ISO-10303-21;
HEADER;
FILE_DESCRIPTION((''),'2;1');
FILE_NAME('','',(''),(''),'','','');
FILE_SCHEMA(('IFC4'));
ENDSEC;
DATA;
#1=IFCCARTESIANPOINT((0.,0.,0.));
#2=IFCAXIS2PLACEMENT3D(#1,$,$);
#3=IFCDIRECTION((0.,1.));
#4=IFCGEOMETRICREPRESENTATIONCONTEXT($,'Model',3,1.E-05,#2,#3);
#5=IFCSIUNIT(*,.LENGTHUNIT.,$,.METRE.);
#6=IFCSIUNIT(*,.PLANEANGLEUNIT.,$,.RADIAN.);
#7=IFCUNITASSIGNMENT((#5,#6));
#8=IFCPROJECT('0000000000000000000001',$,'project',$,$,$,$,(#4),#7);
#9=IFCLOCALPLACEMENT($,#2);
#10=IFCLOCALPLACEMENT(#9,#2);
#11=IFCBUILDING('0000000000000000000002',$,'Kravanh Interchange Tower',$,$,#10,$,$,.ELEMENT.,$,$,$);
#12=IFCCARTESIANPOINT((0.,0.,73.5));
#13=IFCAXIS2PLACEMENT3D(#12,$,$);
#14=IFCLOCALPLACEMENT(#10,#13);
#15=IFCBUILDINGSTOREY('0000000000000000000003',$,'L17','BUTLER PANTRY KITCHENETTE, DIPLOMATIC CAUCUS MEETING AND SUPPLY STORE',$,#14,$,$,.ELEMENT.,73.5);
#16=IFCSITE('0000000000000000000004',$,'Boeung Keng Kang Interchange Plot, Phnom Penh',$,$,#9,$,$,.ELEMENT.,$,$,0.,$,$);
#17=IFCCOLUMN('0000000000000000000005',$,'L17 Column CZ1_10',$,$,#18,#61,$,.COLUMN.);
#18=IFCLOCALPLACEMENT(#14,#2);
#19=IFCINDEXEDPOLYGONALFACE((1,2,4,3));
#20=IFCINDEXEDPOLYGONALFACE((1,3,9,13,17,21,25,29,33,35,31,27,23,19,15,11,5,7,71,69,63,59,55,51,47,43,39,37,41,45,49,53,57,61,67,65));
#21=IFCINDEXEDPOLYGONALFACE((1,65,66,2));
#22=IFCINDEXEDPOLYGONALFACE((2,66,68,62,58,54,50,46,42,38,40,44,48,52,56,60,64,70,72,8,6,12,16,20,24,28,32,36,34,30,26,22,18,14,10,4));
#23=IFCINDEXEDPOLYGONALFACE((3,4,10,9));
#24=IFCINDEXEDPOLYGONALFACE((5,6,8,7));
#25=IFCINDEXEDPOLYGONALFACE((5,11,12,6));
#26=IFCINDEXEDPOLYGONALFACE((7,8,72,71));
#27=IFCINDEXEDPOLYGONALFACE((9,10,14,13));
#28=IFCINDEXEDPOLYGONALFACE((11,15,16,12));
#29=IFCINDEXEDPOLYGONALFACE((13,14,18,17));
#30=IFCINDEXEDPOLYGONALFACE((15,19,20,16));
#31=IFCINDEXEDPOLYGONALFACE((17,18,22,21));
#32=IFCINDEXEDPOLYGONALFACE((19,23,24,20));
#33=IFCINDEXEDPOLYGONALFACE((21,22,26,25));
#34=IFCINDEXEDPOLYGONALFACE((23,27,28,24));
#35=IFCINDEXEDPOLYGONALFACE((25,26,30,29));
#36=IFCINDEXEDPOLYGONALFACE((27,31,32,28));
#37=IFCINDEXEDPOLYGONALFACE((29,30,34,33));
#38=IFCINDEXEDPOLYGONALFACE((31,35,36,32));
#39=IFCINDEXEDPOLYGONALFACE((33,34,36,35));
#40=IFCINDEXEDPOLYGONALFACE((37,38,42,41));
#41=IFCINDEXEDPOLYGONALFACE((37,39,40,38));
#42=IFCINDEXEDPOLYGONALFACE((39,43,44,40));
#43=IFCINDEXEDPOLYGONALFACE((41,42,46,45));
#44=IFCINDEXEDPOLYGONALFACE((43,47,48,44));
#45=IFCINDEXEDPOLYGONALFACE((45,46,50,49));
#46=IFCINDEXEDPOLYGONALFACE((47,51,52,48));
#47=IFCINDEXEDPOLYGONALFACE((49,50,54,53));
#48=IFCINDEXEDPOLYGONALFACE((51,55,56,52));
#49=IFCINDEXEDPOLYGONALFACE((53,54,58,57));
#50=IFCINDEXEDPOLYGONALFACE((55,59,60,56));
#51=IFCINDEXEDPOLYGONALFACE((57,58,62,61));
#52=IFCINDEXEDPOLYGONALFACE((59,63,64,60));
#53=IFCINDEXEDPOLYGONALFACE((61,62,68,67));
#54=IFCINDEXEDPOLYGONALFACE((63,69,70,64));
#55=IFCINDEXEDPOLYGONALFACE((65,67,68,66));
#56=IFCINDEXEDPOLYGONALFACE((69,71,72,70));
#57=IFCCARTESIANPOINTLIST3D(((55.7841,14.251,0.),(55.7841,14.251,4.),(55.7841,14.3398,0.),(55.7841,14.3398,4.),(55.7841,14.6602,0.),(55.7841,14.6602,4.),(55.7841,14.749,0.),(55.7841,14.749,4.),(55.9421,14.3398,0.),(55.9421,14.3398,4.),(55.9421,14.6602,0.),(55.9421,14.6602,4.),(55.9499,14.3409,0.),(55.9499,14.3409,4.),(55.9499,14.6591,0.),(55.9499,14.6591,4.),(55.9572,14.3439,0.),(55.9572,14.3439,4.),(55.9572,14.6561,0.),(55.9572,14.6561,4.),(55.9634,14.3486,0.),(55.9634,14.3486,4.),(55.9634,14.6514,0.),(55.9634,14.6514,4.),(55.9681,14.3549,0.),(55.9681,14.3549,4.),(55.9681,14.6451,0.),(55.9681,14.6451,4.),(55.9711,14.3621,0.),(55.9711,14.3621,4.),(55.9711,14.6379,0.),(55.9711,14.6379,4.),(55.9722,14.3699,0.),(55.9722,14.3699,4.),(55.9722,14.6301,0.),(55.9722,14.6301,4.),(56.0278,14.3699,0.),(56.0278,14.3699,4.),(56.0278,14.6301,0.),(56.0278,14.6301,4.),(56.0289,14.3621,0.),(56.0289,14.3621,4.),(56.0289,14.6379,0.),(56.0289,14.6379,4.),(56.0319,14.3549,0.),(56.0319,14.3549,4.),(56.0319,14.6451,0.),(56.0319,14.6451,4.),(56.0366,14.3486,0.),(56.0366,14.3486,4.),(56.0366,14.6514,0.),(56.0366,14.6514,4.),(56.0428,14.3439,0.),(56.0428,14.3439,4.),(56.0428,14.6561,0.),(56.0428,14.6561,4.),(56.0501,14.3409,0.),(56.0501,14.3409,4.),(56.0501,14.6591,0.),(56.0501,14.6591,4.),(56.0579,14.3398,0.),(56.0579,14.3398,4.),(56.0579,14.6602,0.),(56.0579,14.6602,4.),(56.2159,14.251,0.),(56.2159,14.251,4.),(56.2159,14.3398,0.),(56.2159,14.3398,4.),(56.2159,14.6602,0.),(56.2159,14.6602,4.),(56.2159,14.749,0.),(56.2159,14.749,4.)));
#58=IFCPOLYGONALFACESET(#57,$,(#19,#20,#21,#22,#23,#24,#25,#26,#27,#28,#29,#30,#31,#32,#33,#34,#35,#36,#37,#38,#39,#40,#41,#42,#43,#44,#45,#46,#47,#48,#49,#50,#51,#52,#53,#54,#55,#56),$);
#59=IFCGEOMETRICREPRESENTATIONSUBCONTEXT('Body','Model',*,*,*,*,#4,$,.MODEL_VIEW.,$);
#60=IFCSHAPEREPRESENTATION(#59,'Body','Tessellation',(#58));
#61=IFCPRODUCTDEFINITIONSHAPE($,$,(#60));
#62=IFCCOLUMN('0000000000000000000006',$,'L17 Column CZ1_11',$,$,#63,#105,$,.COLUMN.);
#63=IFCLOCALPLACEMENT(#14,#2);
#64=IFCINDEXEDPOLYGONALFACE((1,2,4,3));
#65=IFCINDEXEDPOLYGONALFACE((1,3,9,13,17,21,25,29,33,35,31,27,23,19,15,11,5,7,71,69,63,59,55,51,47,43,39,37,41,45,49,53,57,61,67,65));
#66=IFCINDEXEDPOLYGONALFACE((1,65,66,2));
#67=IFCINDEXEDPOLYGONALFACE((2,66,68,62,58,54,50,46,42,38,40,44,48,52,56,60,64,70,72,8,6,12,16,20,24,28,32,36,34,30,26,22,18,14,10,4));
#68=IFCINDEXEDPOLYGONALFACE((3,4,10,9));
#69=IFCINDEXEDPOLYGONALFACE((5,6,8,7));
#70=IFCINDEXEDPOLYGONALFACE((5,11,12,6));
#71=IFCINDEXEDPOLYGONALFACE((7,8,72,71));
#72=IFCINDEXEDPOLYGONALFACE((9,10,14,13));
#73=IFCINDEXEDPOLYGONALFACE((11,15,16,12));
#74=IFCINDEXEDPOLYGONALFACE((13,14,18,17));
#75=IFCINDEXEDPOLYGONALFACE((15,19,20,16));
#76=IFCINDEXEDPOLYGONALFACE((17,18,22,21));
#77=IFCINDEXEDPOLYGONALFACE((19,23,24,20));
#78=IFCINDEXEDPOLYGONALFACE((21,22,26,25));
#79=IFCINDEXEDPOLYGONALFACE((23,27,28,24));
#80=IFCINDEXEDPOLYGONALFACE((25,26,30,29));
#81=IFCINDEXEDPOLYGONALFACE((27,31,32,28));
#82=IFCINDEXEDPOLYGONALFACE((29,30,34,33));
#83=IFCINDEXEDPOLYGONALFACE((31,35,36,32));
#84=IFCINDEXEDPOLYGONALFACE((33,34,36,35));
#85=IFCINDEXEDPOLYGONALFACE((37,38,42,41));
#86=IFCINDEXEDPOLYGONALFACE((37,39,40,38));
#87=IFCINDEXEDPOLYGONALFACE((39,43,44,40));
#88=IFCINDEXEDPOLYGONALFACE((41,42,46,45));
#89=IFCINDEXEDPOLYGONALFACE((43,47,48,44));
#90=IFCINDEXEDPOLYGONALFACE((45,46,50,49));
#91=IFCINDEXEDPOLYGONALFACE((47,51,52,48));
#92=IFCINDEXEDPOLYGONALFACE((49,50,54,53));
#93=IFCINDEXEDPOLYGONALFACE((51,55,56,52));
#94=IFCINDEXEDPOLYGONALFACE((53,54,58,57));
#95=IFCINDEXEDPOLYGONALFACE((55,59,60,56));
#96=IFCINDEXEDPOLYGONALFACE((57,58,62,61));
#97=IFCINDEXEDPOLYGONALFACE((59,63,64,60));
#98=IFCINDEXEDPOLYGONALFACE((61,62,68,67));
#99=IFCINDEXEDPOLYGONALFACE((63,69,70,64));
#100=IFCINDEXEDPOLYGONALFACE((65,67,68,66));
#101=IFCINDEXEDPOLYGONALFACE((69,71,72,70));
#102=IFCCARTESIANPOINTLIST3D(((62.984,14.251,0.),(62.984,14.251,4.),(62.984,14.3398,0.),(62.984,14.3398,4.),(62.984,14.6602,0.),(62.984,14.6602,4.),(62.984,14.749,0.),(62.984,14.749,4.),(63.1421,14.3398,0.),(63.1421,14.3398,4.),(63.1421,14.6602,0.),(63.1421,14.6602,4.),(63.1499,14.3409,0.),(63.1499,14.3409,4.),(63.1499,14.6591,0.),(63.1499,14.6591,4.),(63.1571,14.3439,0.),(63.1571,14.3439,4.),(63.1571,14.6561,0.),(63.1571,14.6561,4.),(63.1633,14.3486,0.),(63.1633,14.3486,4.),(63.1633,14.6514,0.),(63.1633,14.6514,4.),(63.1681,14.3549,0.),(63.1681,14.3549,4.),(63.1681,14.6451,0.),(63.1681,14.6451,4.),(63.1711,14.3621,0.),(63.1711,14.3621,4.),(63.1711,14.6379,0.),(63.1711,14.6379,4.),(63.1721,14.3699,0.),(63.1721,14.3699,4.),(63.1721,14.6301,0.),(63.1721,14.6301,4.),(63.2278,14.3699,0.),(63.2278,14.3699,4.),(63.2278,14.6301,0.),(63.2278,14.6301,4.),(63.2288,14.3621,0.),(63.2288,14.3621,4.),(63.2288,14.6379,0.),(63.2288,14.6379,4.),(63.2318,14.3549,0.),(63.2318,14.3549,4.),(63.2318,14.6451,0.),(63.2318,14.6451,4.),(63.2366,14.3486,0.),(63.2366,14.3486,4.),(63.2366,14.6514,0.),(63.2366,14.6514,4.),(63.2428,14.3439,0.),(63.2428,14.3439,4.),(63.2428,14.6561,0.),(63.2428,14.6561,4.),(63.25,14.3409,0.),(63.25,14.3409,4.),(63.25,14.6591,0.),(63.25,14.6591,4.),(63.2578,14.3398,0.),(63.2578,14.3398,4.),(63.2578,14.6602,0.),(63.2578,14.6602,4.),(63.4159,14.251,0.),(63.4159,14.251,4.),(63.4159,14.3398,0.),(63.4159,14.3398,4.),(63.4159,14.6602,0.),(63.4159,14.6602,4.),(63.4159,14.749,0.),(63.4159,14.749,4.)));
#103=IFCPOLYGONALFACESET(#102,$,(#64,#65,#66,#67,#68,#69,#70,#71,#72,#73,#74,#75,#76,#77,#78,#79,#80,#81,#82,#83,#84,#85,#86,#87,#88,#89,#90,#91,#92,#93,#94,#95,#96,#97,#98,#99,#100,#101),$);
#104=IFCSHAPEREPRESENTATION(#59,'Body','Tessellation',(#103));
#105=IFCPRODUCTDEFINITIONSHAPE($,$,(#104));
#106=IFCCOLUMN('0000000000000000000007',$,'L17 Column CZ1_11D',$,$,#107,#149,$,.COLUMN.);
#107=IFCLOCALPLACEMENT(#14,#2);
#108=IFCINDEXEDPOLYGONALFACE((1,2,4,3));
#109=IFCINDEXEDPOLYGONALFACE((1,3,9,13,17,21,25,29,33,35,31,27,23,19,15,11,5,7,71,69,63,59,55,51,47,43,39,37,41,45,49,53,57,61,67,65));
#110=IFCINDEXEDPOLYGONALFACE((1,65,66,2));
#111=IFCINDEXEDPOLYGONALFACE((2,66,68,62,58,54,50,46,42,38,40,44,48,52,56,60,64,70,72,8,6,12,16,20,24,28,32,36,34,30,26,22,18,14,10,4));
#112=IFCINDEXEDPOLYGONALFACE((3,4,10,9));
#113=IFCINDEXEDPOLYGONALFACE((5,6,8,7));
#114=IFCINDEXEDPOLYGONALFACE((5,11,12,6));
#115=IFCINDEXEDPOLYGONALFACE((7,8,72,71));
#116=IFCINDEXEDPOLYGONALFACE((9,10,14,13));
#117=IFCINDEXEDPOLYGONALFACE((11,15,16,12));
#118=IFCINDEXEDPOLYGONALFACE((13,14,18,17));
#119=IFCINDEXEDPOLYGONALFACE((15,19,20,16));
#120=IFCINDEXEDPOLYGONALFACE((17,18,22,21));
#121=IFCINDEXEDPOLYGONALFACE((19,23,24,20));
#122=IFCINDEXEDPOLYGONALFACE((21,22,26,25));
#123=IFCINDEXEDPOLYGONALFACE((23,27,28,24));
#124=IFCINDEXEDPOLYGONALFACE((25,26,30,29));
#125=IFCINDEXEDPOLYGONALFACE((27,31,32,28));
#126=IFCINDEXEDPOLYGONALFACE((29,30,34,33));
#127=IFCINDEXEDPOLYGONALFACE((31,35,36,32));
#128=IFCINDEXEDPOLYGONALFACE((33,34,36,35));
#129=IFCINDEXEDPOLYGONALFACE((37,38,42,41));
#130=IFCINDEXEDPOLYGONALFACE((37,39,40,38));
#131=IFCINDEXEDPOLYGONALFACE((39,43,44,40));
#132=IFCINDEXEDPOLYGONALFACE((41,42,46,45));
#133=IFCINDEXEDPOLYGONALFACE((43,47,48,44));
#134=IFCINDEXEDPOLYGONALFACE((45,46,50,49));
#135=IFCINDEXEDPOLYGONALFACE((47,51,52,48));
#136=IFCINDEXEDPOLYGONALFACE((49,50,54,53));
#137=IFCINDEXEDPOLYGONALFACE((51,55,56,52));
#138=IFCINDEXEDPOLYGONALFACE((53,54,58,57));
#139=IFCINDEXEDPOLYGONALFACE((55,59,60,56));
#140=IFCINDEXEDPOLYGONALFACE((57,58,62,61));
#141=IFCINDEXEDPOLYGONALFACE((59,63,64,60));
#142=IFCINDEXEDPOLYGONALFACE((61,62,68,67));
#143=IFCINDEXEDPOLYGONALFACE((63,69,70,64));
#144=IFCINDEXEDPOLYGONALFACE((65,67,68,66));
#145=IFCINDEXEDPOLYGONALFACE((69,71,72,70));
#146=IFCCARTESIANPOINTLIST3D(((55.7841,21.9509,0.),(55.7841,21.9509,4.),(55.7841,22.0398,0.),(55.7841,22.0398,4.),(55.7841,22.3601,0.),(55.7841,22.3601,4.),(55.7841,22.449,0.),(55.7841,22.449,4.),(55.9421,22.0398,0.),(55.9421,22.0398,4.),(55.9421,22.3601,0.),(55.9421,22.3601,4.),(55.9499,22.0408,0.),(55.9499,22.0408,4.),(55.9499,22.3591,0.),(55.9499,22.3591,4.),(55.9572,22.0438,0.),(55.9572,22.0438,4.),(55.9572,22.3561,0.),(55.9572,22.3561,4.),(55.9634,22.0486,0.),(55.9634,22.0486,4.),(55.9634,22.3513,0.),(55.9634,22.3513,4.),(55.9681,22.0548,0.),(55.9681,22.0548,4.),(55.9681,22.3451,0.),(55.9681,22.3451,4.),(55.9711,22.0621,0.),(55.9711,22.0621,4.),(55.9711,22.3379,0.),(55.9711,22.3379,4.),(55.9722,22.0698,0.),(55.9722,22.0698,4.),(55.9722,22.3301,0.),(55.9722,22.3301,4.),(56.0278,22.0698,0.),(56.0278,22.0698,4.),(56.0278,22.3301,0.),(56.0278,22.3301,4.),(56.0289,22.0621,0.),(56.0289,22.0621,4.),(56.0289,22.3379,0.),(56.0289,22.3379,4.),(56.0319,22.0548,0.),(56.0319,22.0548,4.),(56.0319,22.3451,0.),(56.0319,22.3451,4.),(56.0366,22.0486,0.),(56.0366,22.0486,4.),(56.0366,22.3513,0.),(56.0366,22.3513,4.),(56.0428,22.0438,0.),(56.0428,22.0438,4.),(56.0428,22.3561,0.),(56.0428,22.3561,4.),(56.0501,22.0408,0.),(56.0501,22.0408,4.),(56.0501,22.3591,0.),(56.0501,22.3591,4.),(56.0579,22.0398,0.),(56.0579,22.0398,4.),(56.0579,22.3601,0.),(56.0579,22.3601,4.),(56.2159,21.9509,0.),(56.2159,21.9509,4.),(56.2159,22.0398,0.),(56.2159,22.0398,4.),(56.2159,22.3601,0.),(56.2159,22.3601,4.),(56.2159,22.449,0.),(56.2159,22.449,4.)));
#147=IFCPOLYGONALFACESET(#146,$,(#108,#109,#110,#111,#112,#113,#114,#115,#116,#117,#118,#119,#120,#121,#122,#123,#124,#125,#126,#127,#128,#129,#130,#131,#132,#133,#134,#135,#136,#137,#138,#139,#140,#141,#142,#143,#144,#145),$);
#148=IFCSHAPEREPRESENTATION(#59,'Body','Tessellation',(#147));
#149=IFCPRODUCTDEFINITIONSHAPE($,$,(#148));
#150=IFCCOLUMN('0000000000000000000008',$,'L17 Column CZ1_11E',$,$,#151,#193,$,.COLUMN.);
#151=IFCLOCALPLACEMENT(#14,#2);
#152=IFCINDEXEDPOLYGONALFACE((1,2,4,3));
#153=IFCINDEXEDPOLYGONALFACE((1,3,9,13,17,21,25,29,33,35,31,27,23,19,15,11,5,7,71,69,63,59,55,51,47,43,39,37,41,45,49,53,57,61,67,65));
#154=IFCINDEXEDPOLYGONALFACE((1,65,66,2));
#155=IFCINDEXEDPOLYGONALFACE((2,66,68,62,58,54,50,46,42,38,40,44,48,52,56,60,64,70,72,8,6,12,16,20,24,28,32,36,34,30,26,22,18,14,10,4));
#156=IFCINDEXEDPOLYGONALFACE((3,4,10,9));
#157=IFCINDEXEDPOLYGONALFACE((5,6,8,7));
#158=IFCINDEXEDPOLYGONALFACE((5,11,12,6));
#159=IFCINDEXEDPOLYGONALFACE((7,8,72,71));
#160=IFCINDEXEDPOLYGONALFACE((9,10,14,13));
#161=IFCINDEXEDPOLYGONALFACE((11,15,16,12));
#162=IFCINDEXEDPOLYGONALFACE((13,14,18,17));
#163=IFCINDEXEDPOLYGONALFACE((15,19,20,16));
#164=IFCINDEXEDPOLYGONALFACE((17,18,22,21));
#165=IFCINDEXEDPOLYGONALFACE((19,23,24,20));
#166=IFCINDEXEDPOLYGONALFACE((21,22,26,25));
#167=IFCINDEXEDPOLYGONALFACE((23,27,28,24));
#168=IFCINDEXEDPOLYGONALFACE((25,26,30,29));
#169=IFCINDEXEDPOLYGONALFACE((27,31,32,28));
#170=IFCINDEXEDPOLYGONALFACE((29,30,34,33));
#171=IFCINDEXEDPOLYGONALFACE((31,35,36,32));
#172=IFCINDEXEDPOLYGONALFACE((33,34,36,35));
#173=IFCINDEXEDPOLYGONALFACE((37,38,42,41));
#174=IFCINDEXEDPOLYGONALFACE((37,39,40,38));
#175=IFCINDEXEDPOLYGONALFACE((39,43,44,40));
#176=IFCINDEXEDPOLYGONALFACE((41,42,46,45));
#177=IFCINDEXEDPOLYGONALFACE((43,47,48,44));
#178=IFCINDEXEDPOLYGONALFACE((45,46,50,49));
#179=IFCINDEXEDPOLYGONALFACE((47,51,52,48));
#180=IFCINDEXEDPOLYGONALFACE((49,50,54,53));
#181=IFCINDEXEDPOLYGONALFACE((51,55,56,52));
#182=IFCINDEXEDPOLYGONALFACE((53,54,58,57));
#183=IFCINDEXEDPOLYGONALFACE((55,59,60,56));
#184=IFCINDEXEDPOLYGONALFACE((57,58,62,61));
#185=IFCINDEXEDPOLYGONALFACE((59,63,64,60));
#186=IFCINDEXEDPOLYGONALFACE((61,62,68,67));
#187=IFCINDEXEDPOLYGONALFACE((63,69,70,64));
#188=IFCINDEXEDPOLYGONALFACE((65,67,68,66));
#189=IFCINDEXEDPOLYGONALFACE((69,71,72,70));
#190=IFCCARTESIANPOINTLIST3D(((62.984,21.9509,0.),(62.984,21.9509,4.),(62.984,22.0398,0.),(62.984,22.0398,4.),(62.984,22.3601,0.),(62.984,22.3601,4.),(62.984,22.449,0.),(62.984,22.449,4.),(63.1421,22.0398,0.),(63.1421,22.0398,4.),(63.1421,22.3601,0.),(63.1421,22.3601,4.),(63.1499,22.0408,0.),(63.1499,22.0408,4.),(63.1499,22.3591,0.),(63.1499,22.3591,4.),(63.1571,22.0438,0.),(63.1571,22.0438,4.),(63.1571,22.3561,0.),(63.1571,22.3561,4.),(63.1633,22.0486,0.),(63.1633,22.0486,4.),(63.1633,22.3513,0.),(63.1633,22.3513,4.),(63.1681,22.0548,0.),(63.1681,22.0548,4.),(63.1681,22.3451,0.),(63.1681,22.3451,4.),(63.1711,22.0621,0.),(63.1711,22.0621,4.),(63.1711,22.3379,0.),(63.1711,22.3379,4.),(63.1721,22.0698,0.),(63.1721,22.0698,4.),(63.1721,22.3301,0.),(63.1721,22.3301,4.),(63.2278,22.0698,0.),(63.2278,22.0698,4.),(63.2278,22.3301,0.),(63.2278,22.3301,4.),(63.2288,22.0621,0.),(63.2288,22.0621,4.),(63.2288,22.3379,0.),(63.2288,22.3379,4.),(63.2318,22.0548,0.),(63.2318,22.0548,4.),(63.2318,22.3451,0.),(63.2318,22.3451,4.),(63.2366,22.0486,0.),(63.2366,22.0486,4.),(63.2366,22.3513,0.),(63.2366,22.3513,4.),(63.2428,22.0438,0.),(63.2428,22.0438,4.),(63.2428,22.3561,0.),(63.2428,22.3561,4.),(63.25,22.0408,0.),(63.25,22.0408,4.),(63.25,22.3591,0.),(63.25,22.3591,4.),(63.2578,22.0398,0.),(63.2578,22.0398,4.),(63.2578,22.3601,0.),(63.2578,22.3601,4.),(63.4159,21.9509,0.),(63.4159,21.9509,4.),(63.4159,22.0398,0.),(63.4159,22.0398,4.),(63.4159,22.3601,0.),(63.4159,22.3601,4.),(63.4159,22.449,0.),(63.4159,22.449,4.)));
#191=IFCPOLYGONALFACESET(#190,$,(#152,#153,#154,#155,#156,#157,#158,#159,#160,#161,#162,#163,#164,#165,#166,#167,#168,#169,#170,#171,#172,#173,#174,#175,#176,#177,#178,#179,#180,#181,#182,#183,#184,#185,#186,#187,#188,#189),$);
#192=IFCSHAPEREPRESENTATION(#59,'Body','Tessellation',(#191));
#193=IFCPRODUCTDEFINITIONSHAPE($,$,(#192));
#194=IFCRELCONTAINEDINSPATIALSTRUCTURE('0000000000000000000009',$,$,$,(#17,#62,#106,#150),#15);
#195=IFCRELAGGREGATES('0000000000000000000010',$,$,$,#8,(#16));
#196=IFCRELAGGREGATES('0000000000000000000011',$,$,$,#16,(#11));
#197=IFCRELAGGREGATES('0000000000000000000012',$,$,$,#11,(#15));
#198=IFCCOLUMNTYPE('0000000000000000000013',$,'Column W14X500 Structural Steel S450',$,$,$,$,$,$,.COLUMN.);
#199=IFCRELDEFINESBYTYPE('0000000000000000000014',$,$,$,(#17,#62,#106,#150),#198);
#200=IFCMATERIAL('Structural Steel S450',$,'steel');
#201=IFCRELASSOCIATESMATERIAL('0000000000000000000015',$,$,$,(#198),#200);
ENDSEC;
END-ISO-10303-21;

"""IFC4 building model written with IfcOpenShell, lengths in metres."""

from ifc_helpers import new_model, si_unit, direction, frame, origin, origin_2d, place, context, subcontext, project, spatial, i_section, extrude, material, material_profile, profile_set, type_object, element, save


model = new_model("IFC4")

# Units and contexts
model_context = context("Model", 3, precision=1e-05, world=origin(), true_north=direction((0.0, 1.0)))
body_context = subcontext(model_context, "Body", "Model", "MODEL_VIEW")
ifc_project = project(units=[si_unit("LENGTHUNIT", "METRE"), si_unit("PLANEANGLEUNIT", "RADIAN")], contexts=[model_context])

# Site, building, storey
site_placement = place(None, origin())
site = spatial("IfcSite", under=ifc_project, at=site_placement, Name="Boeung Keng Kang Interchange Plot, Phnom Penh", CompositionType="ELEMENT", RefElevation=0.0)
building_placement = place(site_placement, origin())
building = spatial("IfcBuilding", under=site, at=building_placement, Name="Kravanh Interchange Tower", CompositionType="ELEMENT")
storey_placement = place(building_placement, frame((0.0, 0.0, 73.5)))
storey = spatial("IfcBuildingStorey", under=building, at=storey_placement, Name="L17", Description="BUTLER PANTRY KITCHENETTE, DIPLOMATIC CAUCUS MEETING AND SUPPLY STORE", CompositionType="ELEMENT", Elevation=73.5)

# Columns
ifc_material_1 = material(Name="Structural Steel S450", Category="steel")
ifc_material_profile_1 = material_profile(ifc_material_1, i_section(OverallWidth=0.4319, OverallDepth=0.498, WebThickness=0.0557, FlangeThickness=0.0889, FilletRadius=0.03, at=origin_2d()), Name="W14X500")
ifc_profile_set_1 = profile_set([ifc_material_profile_1], Name="Structural Steel S450")
column_type = type_object("IfcColumnType", Name="Column W14X500 Structural Steel S450", PredefinedType="COLUMN", material=ifc_profile_set_1)
for number, where, z_axis, x_axis, name in (
    (1, (56.0, 14.5, 0.0), (0.0, 0.0, 1.0), (1.0, 0.0, 0.0), "L17 Column CZ1_10"),
    (2, (63.2, 14.5, 0.0), (0.0, 0.0, 1.0), (1.0, 0.0, 0.0), "L17 Column CZ1_11"),
    (3, (56.0, 22.2, 0.0), (0.0, 0.0, 1.0), (1.0, 0.0, 0.0), "L17 Column CZ1_11D"),
    (4, (63.2, 22.2, 0.0), (0.0, 0.0, 1.0), (1.0, 0.0, 0.0), "L17 Column CZ1_11E"),
):
    element("IfcColumn", number, at=place(storey_placement, frame(where, z_axis=z_axis, x_axis=x_axis)), inside=storey, type_object=column_type, Name=name, PredefinedType="COLUMN", context=body_context, shape_type="SweptSolid", body=[
        extrude(i_section(OverallWidth=0.4319, OverallDepth=0.498, WebThickness=0.0557, FlangeThickness=0.0889, FilletRadius=0.03, at=origin_2d()), origin(), (0.0, 0.0, 1.0), 4.0),
    ])

save(model, "model.ifc")
